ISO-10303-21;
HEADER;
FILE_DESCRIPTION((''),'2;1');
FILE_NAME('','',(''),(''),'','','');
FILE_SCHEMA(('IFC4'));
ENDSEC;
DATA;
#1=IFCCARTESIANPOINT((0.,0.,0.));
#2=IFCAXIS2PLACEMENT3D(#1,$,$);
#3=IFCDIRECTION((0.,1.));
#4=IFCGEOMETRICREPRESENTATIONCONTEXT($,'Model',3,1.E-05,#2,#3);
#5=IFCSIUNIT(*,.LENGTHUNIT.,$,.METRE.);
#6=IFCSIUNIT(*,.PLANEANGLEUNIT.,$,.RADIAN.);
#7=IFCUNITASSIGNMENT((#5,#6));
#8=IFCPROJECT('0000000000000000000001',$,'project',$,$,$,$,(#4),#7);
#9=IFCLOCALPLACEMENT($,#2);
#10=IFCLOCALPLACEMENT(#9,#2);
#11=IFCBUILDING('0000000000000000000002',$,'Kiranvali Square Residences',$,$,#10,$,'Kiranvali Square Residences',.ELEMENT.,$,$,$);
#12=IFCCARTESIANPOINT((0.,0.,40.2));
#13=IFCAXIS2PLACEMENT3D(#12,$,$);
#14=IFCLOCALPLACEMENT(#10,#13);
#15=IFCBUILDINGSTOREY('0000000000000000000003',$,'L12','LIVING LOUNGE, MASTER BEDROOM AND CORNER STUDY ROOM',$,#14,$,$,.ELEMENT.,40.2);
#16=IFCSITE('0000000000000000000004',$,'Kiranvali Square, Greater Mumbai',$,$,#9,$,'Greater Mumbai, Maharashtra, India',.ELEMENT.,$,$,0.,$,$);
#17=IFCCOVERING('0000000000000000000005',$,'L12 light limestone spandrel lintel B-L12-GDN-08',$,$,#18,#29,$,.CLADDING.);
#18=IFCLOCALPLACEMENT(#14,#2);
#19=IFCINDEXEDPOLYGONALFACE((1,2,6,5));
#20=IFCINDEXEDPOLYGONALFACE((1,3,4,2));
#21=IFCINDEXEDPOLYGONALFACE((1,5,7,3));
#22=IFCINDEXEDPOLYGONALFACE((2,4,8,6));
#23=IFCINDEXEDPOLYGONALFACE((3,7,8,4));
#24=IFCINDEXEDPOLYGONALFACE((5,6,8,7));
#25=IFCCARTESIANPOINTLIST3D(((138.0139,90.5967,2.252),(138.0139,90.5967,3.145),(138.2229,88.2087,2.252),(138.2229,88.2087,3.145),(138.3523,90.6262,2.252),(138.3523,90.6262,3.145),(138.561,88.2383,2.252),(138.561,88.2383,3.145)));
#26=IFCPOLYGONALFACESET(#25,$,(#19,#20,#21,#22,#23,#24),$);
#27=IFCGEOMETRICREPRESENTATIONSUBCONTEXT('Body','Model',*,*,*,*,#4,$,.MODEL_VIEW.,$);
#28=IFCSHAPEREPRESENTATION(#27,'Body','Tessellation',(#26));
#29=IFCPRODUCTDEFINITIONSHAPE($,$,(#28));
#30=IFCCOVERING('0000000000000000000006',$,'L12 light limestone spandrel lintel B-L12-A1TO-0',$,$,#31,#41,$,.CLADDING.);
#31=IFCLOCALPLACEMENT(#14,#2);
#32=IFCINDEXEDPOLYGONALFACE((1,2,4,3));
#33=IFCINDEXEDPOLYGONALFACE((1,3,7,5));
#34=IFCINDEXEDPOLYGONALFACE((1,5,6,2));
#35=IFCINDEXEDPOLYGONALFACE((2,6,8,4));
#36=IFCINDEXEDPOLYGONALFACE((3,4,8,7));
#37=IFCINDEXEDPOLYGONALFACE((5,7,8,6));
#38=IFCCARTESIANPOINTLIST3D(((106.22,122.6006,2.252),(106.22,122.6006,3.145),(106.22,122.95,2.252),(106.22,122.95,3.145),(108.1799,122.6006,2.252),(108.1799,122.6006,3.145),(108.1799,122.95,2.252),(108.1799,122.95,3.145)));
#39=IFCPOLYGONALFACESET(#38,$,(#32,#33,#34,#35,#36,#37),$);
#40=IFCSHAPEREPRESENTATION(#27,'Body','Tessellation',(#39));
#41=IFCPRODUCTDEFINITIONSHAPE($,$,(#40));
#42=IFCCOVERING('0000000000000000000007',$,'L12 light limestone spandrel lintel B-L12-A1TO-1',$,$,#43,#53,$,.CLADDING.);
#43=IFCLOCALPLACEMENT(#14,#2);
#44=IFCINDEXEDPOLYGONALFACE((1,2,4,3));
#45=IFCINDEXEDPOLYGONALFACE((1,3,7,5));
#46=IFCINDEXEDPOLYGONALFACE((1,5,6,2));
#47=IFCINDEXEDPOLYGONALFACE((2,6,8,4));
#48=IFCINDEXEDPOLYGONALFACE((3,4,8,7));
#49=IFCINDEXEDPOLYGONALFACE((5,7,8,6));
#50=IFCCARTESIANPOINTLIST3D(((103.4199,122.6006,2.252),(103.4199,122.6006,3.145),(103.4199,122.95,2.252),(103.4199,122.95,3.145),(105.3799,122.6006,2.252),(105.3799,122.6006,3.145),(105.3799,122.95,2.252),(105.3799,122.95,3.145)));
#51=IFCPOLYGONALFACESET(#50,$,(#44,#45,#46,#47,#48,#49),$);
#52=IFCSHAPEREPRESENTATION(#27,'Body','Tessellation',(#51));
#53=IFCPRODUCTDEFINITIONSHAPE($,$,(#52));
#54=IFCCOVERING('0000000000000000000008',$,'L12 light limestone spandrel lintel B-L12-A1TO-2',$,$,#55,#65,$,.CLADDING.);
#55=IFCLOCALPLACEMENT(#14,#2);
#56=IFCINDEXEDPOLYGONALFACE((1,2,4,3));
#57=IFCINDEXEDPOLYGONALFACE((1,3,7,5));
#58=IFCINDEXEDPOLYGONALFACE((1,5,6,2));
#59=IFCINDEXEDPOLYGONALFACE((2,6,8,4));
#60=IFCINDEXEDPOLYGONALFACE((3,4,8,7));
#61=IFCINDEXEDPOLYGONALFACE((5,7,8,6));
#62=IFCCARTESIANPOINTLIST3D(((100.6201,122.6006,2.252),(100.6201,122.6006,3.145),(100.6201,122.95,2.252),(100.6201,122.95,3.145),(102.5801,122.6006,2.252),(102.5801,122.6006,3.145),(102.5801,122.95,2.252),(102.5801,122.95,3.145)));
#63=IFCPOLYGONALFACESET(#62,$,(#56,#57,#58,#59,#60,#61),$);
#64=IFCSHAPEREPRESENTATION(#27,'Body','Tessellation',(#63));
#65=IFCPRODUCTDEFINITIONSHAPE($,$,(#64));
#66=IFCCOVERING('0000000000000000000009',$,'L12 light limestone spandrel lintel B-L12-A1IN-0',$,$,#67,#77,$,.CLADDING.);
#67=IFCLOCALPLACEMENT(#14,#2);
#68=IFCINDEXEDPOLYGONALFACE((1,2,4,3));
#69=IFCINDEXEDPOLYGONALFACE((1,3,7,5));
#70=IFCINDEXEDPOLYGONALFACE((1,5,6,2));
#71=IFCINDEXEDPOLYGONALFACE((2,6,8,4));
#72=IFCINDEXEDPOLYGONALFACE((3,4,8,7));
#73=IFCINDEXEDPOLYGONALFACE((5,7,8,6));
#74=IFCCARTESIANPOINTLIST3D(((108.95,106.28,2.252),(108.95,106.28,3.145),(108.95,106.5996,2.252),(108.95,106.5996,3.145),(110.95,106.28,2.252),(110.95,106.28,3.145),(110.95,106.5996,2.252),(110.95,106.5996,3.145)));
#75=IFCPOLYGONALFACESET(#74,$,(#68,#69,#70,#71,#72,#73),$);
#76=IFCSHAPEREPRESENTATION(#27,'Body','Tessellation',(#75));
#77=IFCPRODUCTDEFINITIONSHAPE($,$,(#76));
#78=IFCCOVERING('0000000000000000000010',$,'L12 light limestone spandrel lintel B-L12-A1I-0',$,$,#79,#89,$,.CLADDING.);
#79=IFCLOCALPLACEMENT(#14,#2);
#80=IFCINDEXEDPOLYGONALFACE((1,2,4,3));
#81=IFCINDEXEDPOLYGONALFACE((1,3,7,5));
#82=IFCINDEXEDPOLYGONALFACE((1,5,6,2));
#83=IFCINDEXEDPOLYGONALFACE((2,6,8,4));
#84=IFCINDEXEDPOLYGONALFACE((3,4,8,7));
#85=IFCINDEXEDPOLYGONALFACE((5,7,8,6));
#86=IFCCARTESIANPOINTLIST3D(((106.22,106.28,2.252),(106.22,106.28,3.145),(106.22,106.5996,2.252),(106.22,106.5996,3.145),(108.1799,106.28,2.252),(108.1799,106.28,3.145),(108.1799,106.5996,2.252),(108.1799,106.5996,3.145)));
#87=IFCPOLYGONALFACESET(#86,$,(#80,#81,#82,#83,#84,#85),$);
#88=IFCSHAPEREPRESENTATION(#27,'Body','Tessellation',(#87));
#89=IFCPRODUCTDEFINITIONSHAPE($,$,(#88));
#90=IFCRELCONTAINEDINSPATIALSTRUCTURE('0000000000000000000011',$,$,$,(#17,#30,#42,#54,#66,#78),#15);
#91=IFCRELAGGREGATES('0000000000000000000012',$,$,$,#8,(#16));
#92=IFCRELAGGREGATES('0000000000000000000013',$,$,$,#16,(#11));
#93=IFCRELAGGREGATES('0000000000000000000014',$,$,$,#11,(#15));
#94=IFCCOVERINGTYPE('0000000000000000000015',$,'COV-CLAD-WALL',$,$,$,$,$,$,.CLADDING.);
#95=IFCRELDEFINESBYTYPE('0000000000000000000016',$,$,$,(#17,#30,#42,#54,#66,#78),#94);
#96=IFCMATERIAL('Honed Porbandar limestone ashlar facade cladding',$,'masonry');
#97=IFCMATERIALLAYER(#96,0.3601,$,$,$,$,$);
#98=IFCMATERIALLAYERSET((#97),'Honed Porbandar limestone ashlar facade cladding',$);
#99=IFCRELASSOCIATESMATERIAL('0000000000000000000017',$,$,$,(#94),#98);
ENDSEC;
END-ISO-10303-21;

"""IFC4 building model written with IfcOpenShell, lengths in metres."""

from ifc_helpers import new_model, si_unit, direction, frame, origin, place, context, subcontext, project, spatial, polyline, outline, extrude, material, layer, layer_set, type_object, element, save


model = new_model("IFC4")

# Units and contexts
model_context = context("Model", 3, precision=1e-05, world=origin(), true_north=direction((0.0, 1.0)))
body_context = subcontext(model_context, "Body", "Model", "MODEL_VIEW")
ifc_project = project(units=[si_unit("LENGTHUNIT", "METRE"), si_unit("PLANEANGLEUNIT", "RADIAN")], contexts=[model_context])

# Site, building, storey
site_placement = place(None, origin())
site = spatial("IfcSite", under=ifc_project, at=site_placement, Name="Kiranvali Square, Greater Mumbai", LongName="Greater Mumbai, Maharashtra, India", CompositionType="ELEMENT", RefElevation=0.0)
building_placement = place(site_placement, origin())
building = spatial("IfcBuilding", under=site, at=building_placement, Name="Kiranvali Square Residences", LongName="Kiranvali Square Residences", CompositionType="ELEMENT")
storey_placement = place(building_placement, frame((0.0, 0.0, 40.2)))
storey = spatial("IfcBuildingStorey", under=building, at=storey_placement, Name="L12", Description="LIVING LOUNGE, MASTER BEDROOM AND CORNER STUDY ROOM", CompositionType="ELEMENT", Elevation=40.2)

# Coverings
ifc_material = material(Name="Honed Porbandar limestone ashlar facade cladding", Category="masonry")
ifc_layer = layer(ifc_material, 0.3601)
ifc_layer_set = layer_set([ifc_layer], Name="Honed Porbandar limestone ashlar facade cladding")
covering_type = type_object("IfcCoveringType", Name="COV-CLAD-WALL", PredefinedType="CLADDING", material=ifc_layer_set)
covering_1_placement = place(storey_placement, frame((0.0, 0.0, 2.252)))
element("IfcCovering", 1, at=covering_1_placement, inside=storey, type_object=covering_type, Name="L12 light limestone spandrel lintel B-L12-GDN-08", PredefinedType="CLADDING", context=body_context, shape_type="SweptSolid", body=[
    extrude(outline(polyline([(138.0139, 90.5967), (138.2229, 88.2087), (138.561, 88.2383), (138.3523, 90.6262), (138.0139, 90.5967)])), origin(), (0.0, 0.0, 1.0), 0.8931),
])
covering_2_placement = place(storey_placement, frame((0.0, 0.0, 2.252)))
element("IfcCovering", 2, at=covering_2_placement, inside=storey, type_object=covering_type, Name="L12 light limestone spandrel lintel B-L12-A1TO-0", PredefinedType="CLADDING", context=body_context, shape_type="SweptSolid", body=[
    extrude(outline(polyline([(108.1799, 122.95), (106.22, 122.95), (106.22, 122.6006), (108.1799, 122.6006), (108.1799, 122.95)])), origin(), (0.0, 0.0, 1.0), 0.8931),
])
covering_3_placement = place(storey_placement, frame((0.0, 0.0, 2.252)))
element("IfcCovering", 3, at=covering_3_placement, inside=storey, type_object=covering_type, Name="L12 light limestone spandrel lintel B-L12-A1TO-1", PredefinedType="CLADDING", context=body_context, shape_type="SweptSolid", body=[
    extrude(outline(polyline([(105.3799, 122.95), (103.4199, 122.95), (103.4199, 122.6006), (105.3799, 122.6006), (105.3799, 122.95)])), origin(), (0.0, 0.0, 1.0), 0.8931),
])
covering_4_placement = place(storey_placement, frame((0.0, 0.0, 2.252)))
element("IfcCovering", 4, at=covering_4_placement, inside=storey, type_object=covering_type, Name="L12 light limestone spandrel lintel B-L12-A1TO-2", PredefinedType="CLADDING", context=body_context, shape_type="SweptSolid", body=[
    extrude(outline(polyline([(102.5801, 122.95), (100.6201, 122.95), (100.6201, 122.6006), (102.5801, 122.6006), (102.5801, 122.95)])), origin(), (0.0, 0.0, 1.0), 0.8931),
])
covering_5_placement = place(storey_placement, frame((0.0, 0.0, 2.252)))
element("IfcCovering", 5, at=covering_5_placement, inside=storey, type_object=covering_type, Name="L12 light limestone spandrel lintel B-L12-A1IN-0", PredefinedType="CLADDING", context=body_context, shape_type="SweptSolid", body=[
    extrude(outline(polyline([(110.95, 106.5996), (108.95, 106.5996), (108.95, 106.28), (110.95, 106.28), (110.95, 106.5996)])), origin(), (0.0, 0.0, 1.0), 0.8931),
])
covering_6_placement = place(storey_placement, frame((0.0, 0.0, 2.252)))
element("IfcCovering", 6, at=covering_6_placement, inside=storey, type_object=covering_type, Name="L12 light limestone spandrel lintel B-L12-A1I-0", PredefinedType="CLADDING", context=body_context, shape_type="SweptSolid", body=[
    extrude(outline(polyline([(108.1799, 106.5996), (106.22, 106.5996), (106.22, 106.28), (108.1799, 106.28), (108.1799, 106.5996)])), origin(), (0.0, 0.0, 1.0), 0.8931),
])

save(model, "model.ifc")
